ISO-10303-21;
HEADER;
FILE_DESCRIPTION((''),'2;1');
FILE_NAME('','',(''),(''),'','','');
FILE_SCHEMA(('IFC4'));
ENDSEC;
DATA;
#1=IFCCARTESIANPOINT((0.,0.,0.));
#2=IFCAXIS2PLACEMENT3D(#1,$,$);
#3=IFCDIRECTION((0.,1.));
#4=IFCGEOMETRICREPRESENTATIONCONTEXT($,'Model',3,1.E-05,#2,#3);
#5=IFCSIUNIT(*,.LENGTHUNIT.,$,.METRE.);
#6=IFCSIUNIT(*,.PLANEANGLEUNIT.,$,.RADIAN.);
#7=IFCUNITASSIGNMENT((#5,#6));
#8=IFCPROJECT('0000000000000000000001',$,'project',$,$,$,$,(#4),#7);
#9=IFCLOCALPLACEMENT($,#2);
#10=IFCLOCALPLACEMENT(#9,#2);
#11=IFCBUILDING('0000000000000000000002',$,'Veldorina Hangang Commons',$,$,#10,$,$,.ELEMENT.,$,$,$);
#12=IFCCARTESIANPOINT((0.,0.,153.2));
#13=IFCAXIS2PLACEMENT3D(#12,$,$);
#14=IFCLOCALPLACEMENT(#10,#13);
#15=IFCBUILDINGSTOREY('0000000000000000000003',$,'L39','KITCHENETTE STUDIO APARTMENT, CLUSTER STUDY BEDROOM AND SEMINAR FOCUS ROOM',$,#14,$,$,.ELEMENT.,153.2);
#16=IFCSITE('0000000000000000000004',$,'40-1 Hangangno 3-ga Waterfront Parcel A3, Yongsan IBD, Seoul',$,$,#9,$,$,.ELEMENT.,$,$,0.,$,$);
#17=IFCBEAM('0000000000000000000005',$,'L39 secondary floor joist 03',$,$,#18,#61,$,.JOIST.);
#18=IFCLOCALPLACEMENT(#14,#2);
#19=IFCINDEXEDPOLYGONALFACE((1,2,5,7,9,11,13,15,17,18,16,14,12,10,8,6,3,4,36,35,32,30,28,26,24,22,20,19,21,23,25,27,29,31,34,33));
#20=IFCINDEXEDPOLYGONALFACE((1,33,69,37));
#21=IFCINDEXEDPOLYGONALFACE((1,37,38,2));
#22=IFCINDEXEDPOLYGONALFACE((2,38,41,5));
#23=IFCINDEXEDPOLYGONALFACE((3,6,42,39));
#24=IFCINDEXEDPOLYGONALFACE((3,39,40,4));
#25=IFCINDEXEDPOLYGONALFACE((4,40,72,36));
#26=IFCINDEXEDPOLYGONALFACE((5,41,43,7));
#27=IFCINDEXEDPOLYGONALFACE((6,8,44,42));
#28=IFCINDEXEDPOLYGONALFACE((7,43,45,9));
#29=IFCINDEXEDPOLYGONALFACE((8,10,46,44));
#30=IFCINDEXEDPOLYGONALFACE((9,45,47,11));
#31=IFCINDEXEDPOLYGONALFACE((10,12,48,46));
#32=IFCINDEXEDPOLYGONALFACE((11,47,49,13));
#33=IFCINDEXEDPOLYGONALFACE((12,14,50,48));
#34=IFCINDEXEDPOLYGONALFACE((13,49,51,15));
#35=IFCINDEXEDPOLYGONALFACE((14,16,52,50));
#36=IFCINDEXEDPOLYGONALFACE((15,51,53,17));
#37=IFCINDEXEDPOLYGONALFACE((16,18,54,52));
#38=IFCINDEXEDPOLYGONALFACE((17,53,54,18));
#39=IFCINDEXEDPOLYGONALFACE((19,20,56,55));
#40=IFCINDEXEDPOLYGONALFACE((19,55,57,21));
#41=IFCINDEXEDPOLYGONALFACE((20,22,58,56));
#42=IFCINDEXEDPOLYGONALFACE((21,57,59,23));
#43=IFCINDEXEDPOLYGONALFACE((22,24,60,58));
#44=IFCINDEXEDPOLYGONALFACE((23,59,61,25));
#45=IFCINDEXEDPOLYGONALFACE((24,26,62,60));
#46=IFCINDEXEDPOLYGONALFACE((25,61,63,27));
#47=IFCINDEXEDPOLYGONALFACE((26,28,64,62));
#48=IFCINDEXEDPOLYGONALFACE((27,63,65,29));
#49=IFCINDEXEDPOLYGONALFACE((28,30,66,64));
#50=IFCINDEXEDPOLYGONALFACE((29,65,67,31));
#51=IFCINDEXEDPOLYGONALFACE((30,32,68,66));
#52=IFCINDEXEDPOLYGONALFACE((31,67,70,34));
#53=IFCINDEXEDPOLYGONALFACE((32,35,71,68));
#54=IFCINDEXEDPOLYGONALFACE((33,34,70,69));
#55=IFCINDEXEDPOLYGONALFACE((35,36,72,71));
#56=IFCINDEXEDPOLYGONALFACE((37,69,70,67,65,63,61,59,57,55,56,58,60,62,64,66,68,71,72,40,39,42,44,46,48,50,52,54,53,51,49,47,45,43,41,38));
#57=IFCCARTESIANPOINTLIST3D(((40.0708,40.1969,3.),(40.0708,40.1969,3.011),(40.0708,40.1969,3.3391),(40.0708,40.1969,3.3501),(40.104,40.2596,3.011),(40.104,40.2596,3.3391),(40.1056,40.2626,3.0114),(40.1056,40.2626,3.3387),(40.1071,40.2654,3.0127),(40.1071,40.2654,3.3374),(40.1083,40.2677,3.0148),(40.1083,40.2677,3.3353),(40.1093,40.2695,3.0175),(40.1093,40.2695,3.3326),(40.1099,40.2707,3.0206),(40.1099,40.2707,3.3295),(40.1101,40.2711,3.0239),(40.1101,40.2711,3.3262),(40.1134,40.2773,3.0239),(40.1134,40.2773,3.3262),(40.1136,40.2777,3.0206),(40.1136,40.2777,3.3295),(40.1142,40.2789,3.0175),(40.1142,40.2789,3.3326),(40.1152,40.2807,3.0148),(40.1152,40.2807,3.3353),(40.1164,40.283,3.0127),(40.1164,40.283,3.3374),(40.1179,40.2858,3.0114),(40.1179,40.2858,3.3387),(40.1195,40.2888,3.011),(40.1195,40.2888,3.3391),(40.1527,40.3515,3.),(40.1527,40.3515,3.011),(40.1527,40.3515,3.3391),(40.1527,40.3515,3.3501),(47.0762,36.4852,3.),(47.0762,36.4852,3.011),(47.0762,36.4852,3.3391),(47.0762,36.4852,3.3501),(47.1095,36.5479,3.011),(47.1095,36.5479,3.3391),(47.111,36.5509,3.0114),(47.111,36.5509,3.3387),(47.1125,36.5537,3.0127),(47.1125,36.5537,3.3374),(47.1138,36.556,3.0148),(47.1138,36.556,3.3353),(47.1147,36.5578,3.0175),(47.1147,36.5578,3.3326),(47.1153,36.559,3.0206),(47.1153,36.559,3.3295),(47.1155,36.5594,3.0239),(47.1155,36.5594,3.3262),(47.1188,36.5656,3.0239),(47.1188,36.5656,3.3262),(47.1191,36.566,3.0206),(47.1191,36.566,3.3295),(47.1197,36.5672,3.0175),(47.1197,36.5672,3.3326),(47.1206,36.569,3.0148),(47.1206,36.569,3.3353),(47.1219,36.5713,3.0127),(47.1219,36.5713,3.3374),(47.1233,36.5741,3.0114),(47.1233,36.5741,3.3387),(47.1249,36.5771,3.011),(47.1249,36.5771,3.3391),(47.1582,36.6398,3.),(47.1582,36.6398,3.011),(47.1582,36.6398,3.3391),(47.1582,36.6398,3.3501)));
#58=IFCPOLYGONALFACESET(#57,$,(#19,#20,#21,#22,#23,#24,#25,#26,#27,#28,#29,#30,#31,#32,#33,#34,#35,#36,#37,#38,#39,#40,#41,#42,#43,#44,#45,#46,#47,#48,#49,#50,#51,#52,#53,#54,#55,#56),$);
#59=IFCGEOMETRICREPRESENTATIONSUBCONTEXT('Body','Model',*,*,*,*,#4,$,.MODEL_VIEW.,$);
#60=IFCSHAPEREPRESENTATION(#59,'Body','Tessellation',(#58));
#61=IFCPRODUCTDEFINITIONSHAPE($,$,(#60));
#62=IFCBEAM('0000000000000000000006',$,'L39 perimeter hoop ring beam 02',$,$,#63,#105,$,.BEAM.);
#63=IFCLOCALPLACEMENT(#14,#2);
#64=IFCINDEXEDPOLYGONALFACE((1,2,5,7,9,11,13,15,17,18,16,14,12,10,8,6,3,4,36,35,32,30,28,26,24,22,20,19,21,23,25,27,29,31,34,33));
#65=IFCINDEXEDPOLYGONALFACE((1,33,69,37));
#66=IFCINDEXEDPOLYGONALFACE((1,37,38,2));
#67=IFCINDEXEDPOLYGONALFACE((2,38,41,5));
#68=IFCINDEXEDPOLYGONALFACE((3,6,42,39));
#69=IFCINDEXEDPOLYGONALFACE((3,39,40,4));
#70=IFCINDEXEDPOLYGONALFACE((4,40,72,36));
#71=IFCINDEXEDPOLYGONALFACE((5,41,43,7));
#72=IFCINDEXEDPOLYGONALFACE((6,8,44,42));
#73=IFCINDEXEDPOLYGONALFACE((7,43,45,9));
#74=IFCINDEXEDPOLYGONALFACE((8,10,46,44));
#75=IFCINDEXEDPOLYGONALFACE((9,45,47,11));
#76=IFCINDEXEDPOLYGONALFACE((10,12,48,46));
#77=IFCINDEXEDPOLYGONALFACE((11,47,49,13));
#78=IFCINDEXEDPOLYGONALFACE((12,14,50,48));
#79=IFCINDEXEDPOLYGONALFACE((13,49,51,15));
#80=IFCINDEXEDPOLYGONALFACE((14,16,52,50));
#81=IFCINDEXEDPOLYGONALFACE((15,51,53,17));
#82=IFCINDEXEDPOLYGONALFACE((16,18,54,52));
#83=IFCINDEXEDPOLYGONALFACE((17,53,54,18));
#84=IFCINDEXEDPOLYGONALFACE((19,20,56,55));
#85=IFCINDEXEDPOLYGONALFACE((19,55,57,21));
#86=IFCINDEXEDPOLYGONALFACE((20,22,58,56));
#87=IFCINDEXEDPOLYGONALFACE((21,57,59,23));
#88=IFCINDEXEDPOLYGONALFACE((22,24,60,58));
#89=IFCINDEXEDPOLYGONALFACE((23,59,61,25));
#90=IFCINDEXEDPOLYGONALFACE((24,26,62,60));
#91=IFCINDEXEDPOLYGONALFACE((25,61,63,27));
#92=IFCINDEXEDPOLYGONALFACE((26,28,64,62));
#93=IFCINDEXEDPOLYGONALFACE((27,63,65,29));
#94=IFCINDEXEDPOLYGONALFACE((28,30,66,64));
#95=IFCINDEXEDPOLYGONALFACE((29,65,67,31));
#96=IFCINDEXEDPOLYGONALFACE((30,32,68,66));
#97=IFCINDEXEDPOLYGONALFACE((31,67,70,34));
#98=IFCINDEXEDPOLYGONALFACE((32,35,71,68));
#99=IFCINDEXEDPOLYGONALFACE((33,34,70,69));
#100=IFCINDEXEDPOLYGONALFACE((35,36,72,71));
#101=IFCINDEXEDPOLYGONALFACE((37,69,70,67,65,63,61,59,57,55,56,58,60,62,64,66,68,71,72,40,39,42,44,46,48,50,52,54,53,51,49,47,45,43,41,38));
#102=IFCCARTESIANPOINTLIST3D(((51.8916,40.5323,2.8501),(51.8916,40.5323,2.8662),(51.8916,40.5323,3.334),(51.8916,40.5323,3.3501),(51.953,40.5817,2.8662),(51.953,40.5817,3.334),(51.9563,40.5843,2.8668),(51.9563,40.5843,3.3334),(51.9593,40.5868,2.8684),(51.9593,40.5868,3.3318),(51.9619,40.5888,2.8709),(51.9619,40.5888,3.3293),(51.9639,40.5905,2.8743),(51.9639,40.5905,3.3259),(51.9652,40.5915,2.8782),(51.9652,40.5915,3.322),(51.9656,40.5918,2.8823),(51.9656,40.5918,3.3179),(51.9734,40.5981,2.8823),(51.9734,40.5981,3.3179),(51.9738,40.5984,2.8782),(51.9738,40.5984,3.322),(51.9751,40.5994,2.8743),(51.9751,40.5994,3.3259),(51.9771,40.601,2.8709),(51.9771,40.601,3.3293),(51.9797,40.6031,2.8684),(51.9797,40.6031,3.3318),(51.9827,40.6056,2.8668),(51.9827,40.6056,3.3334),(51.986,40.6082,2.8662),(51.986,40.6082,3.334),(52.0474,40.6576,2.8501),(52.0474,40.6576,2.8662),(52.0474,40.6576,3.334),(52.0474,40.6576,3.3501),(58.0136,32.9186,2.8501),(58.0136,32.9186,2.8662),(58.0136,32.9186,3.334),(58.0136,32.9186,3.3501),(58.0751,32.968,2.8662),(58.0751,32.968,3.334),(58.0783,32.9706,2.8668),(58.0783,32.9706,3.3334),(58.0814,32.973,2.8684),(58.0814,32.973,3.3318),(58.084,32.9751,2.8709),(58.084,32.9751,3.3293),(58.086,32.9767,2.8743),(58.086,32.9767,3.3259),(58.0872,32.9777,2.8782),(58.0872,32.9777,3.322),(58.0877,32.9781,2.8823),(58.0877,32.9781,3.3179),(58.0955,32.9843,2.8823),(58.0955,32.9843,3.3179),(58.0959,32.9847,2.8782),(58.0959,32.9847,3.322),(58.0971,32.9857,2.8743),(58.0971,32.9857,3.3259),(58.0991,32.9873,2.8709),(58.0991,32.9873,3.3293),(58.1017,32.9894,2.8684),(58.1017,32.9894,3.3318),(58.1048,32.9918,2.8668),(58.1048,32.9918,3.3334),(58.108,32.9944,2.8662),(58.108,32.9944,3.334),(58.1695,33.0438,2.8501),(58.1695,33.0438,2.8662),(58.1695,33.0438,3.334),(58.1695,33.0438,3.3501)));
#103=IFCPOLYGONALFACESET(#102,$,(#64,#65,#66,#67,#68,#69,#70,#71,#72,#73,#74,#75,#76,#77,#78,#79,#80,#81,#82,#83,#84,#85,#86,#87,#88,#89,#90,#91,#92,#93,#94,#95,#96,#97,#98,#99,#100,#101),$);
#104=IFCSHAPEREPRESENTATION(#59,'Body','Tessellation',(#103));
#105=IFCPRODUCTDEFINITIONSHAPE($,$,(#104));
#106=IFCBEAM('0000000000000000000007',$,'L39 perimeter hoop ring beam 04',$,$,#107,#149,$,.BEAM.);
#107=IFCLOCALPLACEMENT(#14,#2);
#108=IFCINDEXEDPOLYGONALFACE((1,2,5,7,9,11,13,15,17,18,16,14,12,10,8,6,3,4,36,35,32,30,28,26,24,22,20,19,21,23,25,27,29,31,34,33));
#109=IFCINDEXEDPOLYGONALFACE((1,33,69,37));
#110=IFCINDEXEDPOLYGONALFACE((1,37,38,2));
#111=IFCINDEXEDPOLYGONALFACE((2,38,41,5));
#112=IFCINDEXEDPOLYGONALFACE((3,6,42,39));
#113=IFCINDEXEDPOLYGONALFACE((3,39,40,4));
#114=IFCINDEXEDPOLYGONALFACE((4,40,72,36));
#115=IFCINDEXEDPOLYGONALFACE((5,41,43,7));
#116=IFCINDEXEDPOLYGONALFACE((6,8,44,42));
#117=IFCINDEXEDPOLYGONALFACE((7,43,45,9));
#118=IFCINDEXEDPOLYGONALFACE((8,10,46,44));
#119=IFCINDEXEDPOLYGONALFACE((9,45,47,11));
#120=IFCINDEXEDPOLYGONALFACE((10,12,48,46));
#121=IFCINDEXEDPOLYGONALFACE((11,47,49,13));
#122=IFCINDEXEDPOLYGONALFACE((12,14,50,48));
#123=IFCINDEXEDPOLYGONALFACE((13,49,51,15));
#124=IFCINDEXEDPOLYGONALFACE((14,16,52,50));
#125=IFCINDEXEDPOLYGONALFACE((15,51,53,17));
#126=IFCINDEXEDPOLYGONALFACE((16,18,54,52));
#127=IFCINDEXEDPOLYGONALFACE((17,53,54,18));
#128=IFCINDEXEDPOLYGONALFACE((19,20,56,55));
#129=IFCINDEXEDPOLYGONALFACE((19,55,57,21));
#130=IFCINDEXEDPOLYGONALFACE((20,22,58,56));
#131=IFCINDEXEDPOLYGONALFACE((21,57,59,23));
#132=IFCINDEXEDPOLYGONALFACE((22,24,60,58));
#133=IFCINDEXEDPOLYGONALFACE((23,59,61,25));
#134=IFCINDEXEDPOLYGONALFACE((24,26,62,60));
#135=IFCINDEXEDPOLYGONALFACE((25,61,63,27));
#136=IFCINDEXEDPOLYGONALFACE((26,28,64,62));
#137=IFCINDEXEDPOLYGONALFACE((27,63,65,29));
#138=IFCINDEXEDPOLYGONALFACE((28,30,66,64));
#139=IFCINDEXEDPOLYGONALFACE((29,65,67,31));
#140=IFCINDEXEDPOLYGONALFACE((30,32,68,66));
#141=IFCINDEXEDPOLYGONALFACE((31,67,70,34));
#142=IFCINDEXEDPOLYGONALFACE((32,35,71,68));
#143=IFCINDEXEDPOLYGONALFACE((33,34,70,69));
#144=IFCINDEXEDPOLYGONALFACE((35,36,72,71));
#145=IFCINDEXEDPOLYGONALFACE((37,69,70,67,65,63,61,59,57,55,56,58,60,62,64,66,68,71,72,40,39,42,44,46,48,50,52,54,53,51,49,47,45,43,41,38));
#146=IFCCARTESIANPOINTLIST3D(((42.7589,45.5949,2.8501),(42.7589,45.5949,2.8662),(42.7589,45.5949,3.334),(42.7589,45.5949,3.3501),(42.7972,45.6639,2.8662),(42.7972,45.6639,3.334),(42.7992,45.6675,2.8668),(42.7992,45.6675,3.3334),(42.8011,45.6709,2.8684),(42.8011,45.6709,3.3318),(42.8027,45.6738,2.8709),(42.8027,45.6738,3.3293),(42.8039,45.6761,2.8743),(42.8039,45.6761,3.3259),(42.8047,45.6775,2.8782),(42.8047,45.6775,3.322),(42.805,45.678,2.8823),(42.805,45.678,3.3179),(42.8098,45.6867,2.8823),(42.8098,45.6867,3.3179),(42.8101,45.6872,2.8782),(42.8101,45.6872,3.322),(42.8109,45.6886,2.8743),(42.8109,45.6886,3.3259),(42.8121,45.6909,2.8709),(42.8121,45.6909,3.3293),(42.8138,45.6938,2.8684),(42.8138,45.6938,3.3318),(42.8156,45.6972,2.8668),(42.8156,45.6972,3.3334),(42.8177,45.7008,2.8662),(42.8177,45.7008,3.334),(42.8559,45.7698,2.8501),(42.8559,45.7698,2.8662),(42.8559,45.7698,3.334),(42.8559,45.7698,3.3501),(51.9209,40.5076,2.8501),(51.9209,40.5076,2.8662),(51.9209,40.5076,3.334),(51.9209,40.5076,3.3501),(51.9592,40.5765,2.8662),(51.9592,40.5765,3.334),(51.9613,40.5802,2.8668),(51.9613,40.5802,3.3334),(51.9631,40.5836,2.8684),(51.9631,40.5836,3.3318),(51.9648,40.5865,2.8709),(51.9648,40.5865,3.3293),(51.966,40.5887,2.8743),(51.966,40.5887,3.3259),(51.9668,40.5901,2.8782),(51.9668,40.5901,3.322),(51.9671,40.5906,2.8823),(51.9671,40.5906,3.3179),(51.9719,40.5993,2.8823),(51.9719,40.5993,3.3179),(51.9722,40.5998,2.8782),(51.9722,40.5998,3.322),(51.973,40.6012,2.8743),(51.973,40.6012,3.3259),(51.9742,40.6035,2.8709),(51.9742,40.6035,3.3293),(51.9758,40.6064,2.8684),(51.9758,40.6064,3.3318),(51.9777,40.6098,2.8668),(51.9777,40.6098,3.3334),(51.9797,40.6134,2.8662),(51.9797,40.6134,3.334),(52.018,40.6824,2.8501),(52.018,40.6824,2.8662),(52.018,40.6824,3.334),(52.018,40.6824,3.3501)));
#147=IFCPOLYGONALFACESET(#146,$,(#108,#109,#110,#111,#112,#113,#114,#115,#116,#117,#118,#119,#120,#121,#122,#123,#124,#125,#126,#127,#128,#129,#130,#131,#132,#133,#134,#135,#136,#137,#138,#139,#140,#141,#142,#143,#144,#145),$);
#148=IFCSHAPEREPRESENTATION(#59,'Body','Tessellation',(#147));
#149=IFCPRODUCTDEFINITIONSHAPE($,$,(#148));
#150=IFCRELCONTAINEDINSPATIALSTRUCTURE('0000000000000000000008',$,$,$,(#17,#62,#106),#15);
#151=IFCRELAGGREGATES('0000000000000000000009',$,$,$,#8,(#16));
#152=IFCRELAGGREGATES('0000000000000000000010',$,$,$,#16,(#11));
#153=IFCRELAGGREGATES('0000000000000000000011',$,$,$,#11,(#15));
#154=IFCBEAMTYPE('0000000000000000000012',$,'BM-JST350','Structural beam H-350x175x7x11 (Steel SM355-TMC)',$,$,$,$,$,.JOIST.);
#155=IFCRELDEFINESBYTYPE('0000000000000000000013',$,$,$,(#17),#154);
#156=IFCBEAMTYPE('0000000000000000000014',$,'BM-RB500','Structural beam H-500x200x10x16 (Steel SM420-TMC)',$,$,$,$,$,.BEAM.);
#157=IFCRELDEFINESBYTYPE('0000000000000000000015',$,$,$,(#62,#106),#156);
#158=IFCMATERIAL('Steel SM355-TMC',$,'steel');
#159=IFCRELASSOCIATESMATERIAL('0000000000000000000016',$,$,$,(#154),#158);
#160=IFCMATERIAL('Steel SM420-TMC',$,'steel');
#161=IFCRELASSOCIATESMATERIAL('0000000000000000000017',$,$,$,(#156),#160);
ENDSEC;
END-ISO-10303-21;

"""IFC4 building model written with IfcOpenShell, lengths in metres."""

from ifc_helpers import new_model, si_unit, direction, frame, origin, origin_2d, place, context, subcontext, project, spatial, i_section, extrude, material, material_profile, profile_set, type_object, element, save


model = new_model("IFC4")

# Units and contexts
model_context = context("Model", 3, precision=1e-05, world=origin(), true_north=direction((0.0, 1.0)))
body_context = subcontext(model_context, "Body", "Model", "MODEL_VIEW")
ifc_project = project(units=[si_unit("LENGTHUNIT", "METRE"), si_unit("PLANEANGLEUNIT", "RADIAN")], contexts=[model_context])

# Site, building, storey
site_placement = place(None, origin())
site = spatial("IfcSite", under=ifc_project, at=site_placement, Name="40-1 Hangangno 3-ga Waterfront Parcel A3, Yongsan IBD, Seoul", CompositionType="ELEMENT", RefElevation=0.0)
building_placement = place(site_placement, origin())
building = spatial("IfcBuilding", under=site, at=building_placement, Name="Veldorina Hangang Commons", CompositionType="ELEMENT")
storey_placement = place(building_placement, frame((0.0, 0.0, 153.2)))
storey = spatial("IfcBuildingStorey", under=building, at=storey_placement, Name="L39", Description="KITCHENETTE STUDIO APARTMENT, CLUSTER STUDY BEDROOM AND SEMINAR FOCUS ROOM", CompositionType="ELEMENT", Elevation=153.2)

# Beams
ifc_material_1 = material(Name="Steel SM355-TMC", Category="steel")
ifc_material_profile_1 = material_profile(ifc_material_1, i_section(OverallWidth=0.175, OverallDepth=0.3501, WebThickness=0.0071, FlangeThickness=0.011, FilletRadius=0.0129, at=origin_2d()), Name="H-350x175x7x11")
ifc_profile_set_1 = profile_set([ifc_material_profile_1], Name="Steel SM355-TMC")
beam_type_1 = type_object("IfcBeamType", Name="BM-JST350", Description="Structural beam H-350x175x7x11 (Steel SM355-TMC)", PredefinedType="JOIST", material=ifc_profile_set_1)
beam_1_placement = place(storey_placement, frame((47.1172, 36.5625, 3.175), z_axis=(-0.883634, 0.468178, 0.0), x_axis=(-0.468178, -0.883634, 0.0)))
element("IfcBeam", 1, at=beam_1_placement, inside=storey, type_object=beam_type_1, Name="L39 secondary floor joist 03", PredefinedType="JOIST", context=body_context, shape_type="SweptSolid", body=[
    extrude(i_section(OverallWidth=0.175, OverallDepth=0.3501, WebThickness=0.0071, FlangeThickness=0.011, FilletRadius=0.0129, at=origin_2d()), origin(), (0.0, 0.0, 1.0), 7.928),
])
ifc_material_2 = material(Name="Steel SM420-TMC", Category="steel")
ifc_material_profile_2 = material_profile(ifc_material_2, i_section(OverallWidth=0.2, OverallDepth=0.5, WebThickness=0.01, FlangeThickness=0.0161, FilletRadius=0.0161, at=origin_2d()), Name="H-500x200x10x16")
ifc_profile_set_2 = profile_set([ifc_material_profile_2], Name="Steel SM420-TMC")
beam_type_2 = type_object("IfcBeamType", Name="BM-RB500", Description="Structural beam H-500x200x10x16 (Steel SM420-TMC)", PredefinedType="BEAM", material=ifc_profile_set_2)
beam_2_placement = place(storey_placement, frame((58.0916, 32.9812, 3.1001), z_axis=(-0.626631, 0.779316, 0.0), x_axis=(-0.779316, -0.626631, 0.0)))
element("IfcBeam", 2, at=beam_2_placement, inside=storey, type_object=beam_type_2, Name="L39 perimeter hoop ring beam 02", PredefinedType="BEAM", context=body_context, shape_type="SweptSolid", body=[
    extrude(i_section(OverallWidth=0.2, OverallDepth=0.5, WebThickness=0.01, FlangeThickness=0.0161, FilletRadius=0.0161, at=origin_2d()), origin(), (0.0, 0.0, 1.0), 9.7698),
])
beam_3_placement = place(storey_placement, frame((51.9695, 40.595, 3.1001), z_axis=(-0.874265, 0.485449, 0.0), x_axis=(-0.485449, -0.874265, 0.0)))
element("IfcBeam", 3, at=beam_3_placement, inside=storey, type_object=beam_type_2, Name="L39 perimeter hoop ring beam 04", PredefinedType="BEAM", context=body_context, shape_type="SweptSolid", body=[
    extrude(i_section(OverallWidth=0.2, OverallDepth=0.5, WebThickness=0.01, FlangeThickness=0.0161, FilletRadius=0.0161, at=origin_2d()), origin(), (0.0, 0.0, 1.0), 10.4797),
])

save(model, "model.ifc")
